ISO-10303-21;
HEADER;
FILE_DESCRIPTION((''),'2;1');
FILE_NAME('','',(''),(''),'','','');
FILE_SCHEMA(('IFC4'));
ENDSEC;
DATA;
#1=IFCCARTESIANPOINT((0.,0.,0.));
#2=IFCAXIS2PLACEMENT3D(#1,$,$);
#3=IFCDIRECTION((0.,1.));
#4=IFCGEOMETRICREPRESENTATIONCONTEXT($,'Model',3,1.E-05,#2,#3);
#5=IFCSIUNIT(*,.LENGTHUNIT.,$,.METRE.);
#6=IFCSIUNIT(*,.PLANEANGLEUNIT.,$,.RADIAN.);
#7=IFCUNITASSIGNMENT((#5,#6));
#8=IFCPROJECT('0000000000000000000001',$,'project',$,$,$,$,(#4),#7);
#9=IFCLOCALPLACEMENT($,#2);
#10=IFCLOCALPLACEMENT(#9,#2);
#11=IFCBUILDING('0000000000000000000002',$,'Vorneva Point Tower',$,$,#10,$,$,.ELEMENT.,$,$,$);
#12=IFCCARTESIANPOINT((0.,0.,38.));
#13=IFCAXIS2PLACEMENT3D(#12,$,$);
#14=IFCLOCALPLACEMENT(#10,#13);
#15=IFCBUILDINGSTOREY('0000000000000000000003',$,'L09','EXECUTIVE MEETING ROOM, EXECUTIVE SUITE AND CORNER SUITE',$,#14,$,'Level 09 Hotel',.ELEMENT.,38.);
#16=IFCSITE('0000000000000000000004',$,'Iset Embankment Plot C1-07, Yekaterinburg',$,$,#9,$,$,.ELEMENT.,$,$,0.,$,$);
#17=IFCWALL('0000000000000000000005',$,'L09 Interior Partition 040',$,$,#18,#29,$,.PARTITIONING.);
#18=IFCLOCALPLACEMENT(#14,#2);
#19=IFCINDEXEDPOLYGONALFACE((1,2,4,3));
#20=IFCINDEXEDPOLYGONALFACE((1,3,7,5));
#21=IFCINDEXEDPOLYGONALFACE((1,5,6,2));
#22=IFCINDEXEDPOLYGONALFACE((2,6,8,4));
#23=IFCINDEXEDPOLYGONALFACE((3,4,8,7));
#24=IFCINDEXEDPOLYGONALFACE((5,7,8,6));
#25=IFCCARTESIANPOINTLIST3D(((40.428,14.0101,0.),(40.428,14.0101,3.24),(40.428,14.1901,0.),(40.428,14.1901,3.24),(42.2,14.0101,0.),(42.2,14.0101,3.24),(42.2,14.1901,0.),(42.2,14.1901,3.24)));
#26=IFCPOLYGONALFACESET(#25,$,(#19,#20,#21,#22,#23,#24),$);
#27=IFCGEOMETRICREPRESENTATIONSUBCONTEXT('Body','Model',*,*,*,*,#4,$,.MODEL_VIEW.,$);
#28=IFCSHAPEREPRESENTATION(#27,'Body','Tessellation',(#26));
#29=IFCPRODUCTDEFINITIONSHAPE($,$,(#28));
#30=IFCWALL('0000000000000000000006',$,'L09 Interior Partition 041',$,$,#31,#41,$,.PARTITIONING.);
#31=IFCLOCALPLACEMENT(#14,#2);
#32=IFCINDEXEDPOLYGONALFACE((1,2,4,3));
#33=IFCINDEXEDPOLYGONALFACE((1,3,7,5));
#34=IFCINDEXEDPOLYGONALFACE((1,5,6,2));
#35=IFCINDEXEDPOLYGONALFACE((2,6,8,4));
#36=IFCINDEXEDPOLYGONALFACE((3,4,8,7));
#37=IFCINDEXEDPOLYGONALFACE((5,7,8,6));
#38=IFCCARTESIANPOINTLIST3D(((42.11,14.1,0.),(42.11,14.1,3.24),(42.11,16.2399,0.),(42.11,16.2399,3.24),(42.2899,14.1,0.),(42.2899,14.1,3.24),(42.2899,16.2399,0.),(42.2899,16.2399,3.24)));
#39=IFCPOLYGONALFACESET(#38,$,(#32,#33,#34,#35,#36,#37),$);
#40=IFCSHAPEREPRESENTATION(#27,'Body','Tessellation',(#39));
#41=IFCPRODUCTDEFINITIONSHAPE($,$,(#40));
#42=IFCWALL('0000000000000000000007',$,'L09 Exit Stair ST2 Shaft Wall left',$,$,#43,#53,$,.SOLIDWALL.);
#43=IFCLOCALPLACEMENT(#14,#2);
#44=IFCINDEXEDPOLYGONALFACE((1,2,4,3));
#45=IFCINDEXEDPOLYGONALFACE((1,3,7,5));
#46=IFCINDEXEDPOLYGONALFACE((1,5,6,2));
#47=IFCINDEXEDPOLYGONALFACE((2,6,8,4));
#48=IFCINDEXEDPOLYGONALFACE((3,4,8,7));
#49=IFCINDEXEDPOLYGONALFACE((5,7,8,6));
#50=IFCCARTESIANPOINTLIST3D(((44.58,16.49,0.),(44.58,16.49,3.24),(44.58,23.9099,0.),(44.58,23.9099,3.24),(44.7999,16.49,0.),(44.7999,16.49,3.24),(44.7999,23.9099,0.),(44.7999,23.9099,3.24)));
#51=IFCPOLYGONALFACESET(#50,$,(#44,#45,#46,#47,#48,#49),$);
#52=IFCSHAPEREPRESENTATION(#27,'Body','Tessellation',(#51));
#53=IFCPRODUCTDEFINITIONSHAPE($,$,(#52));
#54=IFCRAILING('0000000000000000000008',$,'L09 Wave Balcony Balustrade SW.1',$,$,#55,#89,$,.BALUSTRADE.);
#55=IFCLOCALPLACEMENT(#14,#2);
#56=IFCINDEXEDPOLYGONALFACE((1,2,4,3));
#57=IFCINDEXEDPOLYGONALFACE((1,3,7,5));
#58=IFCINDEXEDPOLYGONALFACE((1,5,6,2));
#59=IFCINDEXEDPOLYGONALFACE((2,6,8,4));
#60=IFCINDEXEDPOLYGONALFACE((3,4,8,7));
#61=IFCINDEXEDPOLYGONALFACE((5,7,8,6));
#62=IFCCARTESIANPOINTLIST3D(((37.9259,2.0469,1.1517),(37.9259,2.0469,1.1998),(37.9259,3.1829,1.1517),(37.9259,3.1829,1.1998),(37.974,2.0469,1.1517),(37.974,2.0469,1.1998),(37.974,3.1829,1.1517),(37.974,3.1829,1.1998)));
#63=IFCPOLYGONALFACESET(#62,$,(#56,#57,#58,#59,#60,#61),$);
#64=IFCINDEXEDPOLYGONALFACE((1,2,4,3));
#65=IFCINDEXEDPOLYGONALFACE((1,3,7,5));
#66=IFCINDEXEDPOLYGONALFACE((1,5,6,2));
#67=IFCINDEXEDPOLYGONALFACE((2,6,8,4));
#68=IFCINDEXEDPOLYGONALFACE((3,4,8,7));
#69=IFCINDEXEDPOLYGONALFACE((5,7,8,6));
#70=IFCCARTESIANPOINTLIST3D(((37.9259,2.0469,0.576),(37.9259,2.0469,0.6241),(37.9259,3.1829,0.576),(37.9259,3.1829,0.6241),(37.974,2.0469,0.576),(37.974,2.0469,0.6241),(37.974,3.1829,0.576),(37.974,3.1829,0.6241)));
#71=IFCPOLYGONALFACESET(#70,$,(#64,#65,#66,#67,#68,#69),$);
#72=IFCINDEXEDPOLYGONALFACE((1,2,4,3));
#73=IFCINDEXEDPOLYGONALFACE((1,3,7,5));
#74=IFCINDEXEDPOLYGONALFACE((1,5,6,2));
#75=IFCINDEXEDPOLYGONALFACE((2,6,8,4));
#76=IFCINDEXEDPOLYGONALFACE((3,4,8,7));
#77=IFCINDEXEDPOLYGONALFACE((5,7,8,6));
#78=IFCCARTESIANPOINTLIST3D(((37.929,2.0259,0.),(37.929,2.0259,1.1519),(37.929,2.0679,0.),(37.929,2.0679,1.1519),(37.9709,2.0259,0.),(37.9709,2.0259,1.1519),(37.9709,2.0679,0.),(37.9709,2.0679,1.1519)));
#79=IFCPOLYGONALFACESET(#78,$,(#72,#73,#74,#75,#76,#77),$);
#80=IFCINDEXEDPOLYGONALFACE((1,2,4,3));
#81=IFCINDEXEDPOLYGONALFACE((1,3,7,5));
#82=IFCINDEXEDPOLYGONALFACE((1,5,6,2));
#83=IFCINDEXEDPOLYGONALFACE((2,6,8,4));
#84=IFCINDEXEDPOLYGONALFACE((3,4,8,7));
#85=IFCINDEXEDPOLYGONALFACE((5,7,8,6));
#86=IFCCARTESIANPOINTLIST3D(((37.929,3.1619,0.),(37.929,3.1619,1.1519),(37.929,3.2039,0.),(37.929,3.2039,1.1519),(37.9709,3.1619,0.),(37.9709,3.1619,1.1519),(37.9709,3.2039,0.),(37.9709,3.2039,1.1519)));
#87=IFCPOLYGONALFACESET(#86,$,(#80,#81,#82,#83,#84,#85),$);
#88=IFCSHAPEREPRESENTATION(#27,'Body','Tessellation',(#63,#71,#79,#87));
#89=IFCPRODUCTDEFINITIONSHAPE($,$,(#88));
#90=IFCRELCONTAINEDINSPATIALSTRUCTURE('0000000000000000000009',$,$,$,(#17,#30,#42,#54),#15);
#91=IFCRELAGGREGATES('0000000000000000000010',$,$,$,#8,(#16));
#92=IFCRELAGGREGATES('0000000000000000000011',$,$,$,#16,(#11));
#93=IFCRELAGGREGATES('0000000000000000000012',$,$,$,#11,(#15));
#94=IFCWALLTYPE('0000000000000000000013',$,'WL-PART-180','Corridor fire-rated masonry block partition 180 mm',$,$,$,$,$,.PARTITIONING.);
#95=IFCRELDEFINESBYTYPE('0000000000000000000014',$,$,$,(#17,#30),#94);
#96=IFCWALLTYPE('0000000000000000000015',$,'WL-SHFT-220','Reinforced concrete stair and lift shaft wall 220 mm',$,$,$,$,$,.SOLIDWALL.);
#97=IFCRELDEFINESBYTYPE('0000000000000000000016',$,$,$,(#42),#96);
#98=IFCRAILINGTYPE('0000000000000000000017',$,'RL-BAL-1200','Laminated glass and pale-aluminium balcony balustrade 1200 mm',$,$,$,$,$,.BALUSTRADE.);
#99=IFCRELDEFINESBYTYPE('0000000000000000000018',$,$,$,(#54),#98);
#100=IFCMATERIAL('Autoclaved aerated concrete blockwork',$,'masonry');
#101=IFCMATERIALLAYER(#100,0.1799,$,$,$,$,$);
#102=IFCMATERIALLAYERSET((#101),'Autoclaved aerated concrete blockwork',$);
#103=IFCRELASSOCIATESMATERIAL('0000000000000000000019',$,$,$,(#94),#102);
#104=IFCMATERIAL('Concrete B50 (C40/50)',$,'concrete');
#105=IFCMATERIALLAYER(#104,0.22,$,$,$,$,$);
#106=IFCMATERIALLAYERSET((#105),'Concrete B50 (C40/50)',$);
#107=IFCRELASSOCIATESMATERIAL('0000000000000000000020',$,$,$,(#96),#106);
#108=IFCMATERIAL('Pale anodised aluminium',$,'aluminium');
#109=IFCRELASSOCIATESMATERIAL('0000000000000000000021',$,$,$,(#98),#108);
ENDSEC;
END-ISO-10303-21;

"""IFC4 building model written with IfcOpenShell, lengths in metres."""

from ifc_helpers import new_model, si_unit, direction, frame, frame_2d, origin, origin_2d, place, context, subcontext, project, spatial, rectangle, extrude, material, layer, layer_set, type_object, element, save


model = new_model("IFC4")

# Units and contexts
model_context = context("Model", 3, precision=1e-05, world=origin(), true_north=direction((0.0, 1.0)))
body_context = subcontext(model_context, "Body", "Model", "MODEL_VIEW")
ifc_project = project(units=[si_unit("LENGTHUNIT", "METRE"), si_unit("PLANEANGLEUNIT", "RADIAN")], contexts=[model_context])

# Site, building, storey
site_placement = place(None, origin())
site = spatial("IfcSite", under=ifc_project, at=site_placement, Name="Iset Embankment Plot C1-07, Yekaterinburg", CompositionType="ELEMENT", RefElevation=0.0)
building_placement = place(site_placement, origin())
building = spatial("IfcBuilding", under=site, at=building_placement, Name="Vorneva Point Tower", CompositionType="ELEMENT")
storey_placement = place(building_placement, frame((0.0, 0.0, 38.0)))
storey = spatial("IfcBuildingStorey", under=building, at=storey_placement, Name="L09", Description="EXECUTIVE MEETING ROOM, EXECUTIVE SUITE AND CORNER SUITE", LongName="Level 09 Hotel", CompositionType="ELEMENT", Elevation=38.0)

# Shared definitions
ifc_material_1 = material(Name="Pale anodised aluminium", Category="aluminium")

# Shared definitions
ifc_material_2 = material(Name="Autoclaved aerated concrete blockwork", Category="masonry")
ifc_layer_1 = layer(ifc_material_2, 0.1799)
ifc_layer_set_1 = layer_set([ifc_layer_1], Name="Autoclaved aerated concrete blockwork")
wall_type_1 = type_object("IfcWallType", Name="WL-PART-180", Description="Corridor fire-rated masonry block partition 180 mm", PredefinedType="PARTITIONING", material=ifc_layer_set_1)

# Walls
wall_1_placement = place(storey_placement, frame((40.428, 14.1001, 0.0), z_axis=(0.0, 0.0, 1.0), x_axis=(1.0, 0.0, 0.0)))
element("IfcWall", 1, at=wall_1_placement, inside=storey, type_object=wall_type_1, Name="L09 Interior Partition 040", PredefinedType="PARTITIONING", context=body_context, shape_type="SweptSolid", body=[
    extrude(rectangle(XDim=1.772, YDim=0.1799, at=frame_2d((0.886, 0.0))), origin(), (0.0, 0.0, 1.0), 3.24),
])
wall_2_placement = place(storey_placement, frame((42.2, 14.1001, 0.0), z_axis=(0.0, 0.0, 1.0), x_axis=(0.0, 1.0, 0.0)))
element("IfcWall", 2, at=wall_2_placement, inside=storey, type_object=wall_type_1, Name="L09 Interior Partition 041", PredefinedType="PARTITIONING", context=body_context, shape_type="SweptSolid", body=[
    extrude(rectangle(XDim=2.1399, YDim=0.1799, at=frame_2d((1.0698, 0.0))), origin(), (0.0, 0.0, 1.0), 3.24),
])
ifc_material_3 = material(Name="Concrete B50 (C40/50)", Category="concrete")
ifc_layer_2 = layer(ifc_material_3, 0.22)
ifc_layer_set_2 = layer_set([ifc_layer_2], Name="Concrete B50 (C40/50)")
wall_type_2 = type_object("IfcWallType", Name="WL-SHFT-220", Description="Reinforced concrete stair and lift shaft wall 220 mm", PredefinedType="SOLIDWALL", material=ifc_layer_set_2)
wall_3_placement = place(storey_placement, frame((44.6899, 16.49, 0.0), z_axis=(0.0, 0.0, 1.0), x_axis=(0.0, 1.0, 0.0)))
element("IfcWall", 3, at=wall_3_placement, inside=storey, type_object=wall_type_2, Name="L09 Exit Stair ST2 Shaft Wall left", PredefinedType="SOLIDWALL", context=body_context, shape_type="SweptSolid", body=[
    extrude(rectangle(XDim=7.4199, YDim=0.22, at=frame_2d((3.71, 0.0))), origin(), (0.0, 0.0, 1.0), 3.24),
])

# Railing
railing_type = type_object("IfcRailingType", Name="RL-BAL-1200", Description="Laminated glass and pale-aluminium balcony balustrade 1200 mm", PredefinedType="BALUSTRADE", material=ifc_material_1)
railing_placement = place(storey_placement, frame((37.95, 2.0469, 0.0)))
element("IfcRailing", 4, at=railing_placement, inside=storey, type_object=railing_type, Name="L09 Wave Balcony Balustrade SW.1", PredefinedType="BALUSTRADE", context=body_context, shape_type="SweptSolid", body=[
    extrude(rectangle(XDim=0.0481, YDim=0.0481, at=origin_2d()), frame((0.0, 0.0, 1.1758), z_axis=(0.0, 1.0, 0.0), x_axis=(-1.0, 0.0, 0.0)), (0.0, 0.0, 1.0), 1.136),
    extrude(rectangle(XDim=0.0481, YDim=0.0481, at=origin_2d()), frame((0.0, 0.0, 0.6001), z_axis=(0.0, 1.0, 0.0), x_axis=(-1.0, 0.0, 0.0)), (0.0, 0.0, 1.0), 1.136),
    extrude(rectangle(XDim=0.042, YDim=0.042, at=origin_2d()), origin(), (0.0, 0.0, 1.0), 1.1519),
    extrude(rectangle(XDim=0.042, YDim=0.042, at=origin_2d()), frame((0.0, 1.136, 0.0)), (0.0, 0.0, 1.0), 1.1519),
])

save(model, "model.ifc")
